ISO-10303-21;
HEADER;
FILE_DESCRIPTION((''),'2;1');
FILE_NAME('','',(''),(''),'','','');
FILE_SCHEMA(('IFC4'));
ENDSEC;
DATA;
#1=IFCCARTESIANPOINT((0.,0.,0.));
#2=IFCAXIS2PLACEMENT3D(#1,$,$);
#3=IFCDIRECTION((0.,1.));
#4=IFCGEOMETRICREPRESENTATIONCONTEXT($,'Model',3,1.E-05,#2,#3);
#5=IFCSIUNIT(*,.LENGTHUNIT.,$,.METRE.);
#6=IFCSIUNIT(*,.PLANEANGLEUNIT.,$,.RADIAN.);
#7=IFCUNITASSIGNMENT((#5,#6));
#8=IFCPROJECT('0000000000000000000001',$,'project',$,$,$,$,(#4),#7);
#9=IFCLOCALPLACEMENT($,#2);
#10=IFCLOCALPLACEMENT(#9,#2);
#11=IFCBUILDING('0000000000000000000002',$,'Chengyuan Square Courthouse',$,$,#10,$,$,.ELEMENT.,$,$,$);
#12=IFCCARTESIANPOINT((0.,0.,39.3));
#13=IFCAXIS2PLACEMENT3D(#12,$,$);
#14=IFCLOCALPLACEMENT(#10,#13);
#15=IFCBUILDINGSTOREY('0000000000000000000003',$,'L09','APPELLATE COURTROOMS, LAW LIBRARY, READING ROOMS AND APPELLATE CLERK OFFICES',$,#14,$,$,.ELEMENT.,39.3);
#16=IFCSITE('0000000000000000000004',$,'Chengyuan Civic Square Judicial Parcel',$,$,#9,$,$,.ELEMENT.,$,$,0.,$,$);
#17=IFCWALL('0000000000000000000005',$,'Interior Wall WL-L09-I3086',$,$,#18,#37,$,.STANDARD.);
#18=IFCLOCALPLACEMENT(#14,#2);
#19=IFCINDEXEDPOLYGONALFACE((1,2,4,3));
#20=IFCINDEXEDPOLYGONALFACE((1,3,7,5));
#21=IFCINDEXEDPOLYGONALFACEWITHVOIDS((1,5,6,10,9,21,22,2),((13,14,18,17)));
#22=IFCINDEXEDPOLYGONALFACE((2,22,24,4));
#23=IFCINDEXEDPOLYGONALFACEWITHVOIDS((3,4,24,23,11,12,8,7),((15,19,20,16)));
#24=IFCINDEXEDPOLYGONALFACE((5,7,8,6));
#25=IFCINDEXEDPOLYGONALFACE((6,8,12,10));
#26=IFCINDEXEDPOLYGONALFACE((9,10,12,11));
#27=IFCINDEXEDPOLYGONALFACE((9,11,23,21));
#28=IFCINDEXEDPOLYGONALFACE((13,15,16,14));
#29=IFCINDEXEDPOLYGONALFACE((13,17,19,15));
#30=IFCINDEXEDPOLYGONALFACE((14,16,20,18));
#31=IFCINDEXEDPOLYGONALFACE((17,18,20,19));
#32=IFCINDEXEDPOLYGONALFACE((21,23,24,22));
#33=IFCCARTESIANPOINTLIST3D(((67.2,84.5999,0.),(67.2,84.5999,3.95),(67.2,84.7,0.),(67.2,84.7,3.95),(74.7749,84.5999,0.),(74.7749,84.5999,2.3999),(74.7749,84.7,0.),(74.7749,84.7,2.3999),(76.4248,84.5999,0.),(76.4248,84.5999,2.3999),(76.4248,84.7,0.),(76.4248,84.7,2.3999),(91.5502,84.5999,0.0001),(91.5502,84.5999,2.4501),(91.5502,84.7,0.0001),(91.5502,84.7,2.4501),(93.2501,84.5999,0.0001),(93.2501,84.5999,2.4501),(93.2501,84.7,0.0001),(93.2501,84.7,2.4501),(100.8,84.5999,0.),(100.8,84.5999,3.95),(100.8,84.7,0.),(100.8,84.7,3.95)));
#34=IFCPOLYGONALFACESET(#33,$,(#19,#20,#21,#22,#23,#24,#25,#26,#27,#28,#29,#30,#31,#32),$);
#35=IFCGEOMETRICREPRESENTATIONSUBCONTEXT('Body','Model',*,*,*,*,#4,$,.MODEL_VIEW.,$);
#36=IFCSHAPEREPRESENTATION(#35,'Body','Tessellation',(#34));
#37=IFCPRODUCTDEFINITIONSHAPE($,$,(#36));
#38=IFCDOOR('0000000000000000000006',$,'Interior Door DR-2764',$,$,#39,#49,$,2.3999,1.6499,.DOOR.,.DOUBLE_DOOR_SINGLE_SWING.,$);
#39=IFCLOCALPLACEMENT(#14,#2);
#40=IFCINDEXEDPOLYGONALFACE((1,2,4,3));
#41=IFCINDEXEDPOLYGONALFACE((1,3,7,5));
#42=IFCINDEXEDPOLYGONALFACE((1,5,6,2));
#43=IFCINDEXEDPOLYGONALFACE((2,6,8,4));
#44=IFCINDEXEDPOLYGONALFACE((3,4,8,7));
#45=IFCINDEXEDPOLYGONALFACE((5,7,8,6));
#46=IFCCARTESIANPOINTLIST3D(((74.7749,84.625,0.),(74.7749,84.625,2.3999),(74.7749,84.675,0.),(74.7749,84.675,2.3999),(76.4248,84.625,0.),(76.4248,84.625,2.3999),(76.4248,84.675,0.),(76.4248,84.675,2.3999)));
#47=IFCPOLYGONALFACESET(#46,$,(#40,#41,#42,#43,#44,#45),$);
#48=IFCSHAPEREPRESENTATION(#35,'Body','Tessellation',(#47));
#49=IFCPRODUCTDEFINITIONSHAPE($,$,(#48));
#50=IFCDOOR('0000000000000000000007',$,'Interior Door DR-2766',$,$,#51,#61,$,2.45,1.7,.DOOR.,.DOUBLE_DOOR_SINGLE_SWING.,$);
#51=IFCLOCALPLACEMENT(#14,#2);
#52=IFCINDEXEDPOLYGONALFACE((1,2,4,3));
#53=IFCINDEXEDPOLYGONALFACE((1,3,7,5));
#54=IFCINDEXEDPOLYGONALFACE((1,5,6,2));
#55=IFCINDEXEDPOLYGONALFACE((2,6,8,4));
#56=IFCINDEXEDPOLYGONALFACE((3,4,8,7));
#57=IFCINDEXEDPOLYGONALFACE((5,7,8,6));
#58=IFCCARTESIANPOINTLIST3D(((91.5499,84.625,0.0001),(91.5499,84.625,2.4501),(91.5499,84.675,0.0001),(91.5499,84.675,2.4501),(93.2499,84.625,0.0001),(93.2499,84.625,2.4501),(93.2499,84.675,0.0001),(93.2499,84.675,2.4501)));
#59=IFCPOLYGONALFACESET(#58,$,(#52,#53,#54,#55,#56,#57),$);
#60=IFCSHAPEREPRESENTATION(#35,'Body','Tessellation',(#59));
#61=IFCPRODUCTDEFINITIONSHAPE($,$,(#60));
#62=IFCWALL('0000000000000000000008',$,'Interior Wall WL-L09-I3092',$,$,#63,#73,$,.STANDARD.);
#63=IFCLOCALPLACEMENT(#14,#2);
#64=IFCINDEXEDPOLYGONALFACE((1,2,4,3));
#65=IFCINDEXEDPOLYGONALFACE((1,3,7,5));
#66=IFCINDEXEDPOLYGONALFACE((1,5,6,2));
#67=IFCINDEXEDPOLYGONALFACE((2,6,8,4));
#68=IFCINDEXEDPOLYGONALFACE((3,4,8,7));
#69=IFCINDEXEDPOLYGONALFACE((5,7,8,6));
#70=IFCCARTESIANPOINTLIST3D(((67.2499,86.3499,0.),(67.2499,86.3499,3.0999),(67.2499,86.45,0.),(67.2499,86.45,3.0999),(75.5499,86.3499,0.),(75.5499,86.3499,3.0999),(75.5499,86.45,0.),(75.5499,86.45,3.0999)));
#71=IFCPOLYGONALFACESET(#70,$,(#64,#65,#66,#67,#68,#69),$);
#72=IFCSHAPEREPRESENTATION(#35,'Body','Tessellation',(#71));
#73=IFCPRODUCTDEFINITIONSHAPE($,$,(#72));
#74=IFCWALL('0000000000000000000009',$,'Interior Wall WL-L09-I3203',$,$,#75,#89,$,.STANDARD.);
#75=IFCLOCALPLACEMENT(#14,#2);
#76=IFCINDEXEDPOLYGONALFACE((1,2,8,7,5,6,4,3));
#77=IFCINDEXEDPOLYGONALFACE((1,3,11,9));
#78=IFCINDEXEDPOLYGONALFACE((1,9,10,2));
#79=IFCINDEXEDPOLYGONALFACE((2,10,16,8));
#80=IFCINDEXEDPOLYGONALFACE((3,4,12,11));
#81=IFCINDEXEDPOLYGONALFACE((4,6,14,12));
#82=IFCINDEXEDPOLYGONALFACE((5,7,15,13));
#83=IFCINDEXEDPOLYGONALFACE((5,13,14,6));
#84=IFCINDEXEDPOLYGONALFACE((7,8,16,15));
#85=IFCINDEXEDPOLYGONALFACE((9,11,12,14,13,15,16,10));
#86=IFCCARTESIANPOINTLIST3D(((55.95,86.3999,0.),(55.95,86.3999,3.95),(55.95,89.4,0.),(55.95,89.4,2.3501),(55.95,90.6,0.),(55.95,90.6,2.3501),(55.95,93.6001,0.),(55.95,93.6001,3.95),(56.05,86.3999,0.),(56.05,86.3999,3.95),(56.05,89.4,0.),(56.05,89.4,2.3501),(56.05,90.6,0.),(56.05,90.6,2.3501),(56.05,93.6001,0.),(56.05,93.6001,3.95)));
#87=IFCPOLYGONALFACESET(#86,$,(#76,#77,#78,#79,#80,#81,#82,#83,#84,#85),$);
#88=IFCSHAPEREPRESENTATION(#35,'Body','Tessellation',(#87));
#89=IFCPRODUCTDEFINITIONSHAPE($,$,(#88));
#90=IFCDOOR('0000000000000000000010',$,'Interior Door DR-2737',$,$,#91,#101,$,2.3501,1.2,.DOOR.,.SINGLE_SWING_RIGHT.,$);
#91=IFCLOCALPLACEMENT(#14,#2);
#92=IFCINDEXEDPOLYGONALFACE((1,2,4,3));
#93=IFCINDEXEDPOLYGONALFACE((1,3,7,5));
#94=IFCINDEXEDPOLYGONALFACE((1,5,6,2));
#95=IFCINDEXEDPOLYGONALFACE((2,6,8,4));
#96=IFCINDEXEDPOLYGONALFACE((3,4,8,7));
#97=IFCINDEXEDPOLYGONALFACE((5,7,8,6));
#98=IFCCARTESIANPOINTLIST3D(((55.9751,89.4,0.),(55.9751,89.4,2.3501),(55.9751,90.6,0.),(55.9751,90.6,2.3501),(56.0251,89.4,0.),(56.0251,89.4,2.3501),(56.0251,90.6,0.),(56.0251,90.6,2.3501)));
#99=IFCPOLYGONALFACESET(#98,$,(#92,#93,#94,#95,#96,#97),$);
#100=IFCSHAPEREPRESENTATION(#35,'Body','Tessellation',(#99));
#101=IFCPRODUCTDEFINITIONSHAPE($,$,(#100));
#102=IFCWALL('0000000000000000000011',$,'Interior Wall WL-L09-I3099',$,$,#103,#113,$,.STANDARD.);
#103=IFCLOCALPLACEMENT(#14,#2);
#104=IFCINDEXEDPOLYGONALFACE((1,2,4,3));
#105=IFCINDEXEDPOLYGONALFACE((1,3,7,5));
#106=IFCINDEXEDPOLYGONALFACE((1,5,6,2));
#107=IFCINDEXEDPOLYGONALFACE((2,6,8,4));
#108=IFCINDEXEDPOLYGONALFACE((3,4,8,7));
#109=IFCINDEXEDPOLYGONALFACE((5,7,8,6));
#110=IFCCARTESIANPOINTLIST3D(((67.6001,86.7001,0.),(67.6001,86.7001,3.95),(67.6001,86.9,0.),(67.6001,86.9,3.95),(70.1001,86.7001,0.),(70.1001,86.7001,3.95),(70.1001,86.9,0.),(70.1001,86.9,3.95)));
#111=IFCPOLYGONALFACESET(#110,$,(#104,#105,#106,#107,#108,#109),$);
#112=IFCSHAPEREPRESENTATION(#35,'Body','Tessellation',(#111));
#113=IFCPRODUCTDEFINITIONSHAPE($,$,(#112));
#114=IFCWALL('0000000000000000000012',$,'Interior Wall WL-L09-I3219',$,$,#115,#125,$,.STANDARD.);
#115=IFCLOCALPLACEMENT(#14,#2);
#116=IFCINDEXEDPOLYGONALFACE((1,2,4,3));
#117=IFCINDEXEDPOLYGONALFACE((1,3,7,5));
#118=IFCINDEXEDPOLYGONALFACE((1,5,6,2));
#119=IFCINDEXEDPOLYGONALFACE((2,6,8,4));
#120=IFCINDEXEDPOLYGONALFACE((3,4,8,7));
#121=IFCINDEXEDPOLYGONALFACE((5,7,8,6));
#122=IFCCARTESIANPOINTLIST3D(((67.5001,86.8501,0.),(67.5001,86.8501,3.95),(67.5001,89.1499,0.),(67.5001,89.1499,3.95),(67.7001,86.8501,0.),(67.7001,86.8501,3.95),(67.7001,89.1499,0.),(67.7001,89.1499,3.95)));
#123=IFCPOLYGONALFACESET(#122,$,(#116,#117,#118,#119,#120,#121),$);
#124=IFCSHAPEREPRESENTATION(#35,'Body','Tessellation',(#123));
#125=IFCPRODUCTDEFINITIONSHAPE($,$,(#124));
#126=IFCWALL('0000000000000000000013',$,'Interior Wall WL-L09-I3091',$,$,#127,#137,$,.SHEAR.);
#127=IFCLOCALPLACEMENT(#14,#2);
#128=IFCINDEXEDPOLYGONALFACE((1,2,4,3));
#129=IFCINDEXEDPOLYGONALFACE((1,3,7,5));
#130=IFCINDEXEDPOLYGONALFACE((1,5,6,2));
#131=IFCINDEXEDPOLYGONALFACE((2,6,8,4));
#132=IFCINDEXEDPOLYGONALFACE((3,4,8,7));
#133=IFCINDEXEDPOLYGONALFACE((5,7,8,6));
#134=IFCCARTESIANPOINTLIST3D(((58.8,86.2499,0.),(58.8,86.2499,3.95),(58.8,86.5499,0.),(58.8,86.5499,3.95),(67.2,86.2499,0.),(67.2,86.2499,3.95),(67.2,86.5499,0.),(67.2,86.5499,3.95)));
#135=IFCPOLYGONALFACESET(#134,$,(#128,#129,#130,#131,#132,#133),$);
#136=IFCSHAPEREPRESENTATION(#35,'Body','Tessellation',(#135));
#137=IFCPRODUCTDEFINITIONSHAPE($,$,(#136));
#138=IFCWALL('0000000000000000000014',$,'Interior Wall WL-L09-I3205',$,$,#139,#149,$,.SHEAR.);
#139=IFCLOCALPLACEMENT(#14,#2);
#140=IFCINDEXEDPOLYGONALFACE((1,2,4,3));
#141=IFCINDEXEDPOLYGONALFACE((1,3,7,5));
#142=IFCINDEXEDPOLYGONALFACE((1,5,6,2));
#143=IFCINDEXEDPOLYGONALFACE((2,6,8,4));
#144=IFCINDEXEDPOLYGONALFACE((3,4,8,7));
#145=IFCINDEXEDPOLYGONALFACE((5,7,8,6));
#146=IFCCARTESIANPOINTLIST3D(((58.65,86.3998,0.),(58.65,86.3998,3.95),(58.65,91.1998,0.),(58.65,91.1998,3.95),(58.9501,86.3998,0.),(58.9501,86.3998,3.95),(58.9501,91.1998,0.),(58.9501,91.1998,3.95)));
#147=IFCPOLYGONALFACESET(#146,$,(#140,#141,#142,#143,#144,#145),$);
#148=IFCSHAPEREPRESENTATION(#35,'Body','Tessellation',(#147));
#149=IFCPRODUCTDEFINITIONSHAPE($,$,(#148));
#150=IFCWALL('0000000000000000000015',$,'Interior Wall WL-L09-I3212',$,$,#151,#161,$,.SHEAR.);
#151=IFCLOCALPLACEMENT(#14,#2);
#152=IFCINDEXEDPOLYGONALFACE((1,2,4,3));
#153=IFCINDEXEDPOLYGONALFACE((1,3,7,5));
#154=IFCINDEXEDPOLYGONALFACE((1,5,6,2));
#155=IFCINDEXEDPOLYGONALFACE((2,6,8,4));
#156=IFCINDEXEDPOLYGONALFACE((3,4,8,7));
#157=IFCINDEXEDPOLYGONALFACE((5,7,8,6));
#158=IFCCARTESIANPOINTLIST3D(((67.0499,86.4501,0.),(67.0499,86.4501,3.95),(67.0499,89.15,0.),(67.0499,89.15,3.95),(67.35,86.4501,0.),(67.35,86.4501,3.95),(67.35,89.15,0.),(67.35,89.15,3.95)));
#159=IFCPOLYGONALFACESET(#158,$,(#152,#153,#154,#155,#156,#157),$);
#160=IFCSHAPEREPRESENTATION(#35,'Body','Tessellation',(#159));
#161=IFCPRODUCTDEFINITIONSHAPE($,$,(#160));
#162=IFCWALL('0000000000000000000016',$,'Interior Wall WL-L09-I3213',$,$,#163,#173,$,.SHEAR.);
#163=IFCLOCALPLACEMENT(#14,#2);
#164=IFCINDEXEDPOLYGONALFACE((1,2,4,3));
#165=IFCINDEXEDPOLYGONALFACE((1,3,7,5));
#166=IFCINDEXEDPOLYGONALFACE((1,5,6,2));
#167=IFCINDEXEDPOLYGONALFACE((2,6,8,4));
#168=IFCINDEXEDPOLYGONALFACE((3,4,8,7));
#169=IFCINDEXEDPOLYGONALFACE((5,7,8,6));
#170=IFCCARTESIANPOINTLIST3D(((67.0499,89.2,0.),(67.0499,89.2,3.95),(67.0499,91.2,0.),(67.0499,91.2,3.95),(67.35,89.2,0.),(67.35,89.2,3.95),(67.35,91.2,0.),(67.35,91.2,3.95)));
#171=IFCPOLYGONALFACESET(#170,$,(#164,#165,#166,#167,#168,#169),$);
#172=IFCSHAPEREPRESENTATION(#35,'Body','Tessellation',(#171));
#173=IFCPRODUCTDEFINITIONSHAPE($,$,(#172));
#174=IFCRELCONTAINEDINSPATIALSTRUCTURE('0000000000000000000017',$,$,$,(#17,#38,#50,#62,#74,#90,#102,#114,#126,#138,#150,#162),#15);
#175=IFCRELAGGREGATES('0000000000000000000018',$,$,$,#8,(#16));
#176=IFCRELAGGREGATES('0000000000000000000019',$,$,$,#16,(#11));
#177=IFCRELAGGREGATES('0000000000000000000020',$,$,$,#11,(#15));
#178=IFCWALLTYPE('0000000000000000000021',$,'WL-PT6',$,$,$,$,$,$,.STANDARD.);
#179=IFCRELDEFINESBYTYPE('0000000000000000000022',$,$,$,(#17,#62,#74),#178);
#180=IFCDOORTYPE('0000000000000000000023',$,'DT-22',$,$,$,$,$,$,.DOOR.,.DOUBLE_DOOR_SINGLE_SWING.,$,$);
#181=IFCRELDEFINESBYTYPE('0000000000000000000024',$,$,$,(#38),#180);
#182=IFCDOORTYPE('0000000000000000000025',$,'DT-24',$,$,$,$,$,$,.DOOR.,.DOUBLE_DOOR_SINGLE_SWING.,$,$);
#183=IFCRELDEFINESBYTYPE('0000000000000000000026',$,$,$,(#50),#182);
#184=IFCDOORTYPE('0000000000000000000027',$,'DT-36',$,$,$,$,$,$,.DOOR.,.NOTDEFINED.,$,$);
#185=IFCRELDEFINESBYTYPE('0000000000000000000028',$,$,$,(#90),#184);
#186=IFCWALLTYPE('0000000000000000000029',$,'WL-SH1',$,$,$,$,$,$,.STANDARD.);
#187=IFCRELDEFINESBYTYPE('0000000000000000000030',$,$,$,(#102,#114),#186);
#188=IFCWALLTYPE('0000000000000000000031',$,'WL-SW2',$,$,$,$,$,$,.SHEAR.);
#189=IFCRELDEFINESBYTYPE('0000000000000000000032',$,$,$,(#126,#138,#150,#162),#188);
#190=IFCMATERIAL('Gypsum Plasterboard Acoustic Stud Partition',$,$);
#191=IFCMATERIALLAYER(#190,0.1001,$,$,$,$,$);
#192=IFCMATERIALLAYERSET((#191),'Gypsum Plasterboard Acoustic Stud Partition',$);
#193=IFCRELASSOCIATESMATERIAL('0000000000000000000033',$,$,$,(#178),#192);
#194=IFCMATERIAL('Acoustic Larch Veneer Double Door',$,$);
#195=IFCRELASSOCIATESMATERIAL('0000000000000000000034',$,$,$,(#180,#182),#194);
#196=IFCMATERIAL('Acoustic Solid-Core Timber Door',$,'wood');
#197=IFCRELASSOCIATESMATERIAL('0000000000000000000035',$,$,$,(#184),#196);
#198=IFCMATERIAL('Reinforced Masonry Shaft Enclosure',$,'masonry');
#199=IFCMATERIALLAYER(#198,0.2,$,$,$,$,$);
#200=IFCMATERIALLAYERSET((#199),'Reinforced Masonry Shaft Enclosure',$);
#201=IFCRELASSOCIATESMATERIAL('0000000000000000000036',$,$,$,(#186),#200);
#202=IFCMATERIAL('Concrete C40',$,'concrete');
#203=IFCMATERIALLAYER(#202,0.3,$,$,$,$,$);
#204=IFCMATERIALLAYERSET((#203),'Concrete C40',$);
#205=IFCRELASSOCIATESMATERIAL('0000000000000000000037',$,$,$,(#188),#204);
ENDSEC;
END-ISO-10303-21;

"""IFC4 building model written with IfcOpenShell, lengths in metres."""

from ifc_helpers import new_model, si_unit, direction, frame, frame_2d, origin, place, context, subcontext, project, spatial, rectangle, extrude, material, layer, layer_set, type_object, element, fill, save


model = new_model("IFC4")

# Units and contexts
model_context = context("Model", 3, precision=1e-05, world=origin(), true_north=direction((0.0, 1.0)))
body_context = subcontext(model_context, "Body", "Model", "MODEL_VIEW")
ifc_project = project(units=[si_unit("LENGTHUNIT", "METRE"), si_unit("PLANEANGLEUNIT", "RADIAN")], contexts=[model_context])

# Site, building, storey
site_placement = place(None, origin())
site = spatial("IfcSite", under=ifc_project, at=site_placement, Name="Chengyuan Civic Square Judicial Parcel", CompositionType="ELEMENT", RefElevation=0.0)
building_placement = place(site_placement, origin())
building = spatial("IfcBuilding", under=site, at=building_placement, Name="Chengyuan Square Courthouse", CompositionType="ELEMENT")
storey_placement = place(building_placement, frame((0.0, 0.0, 39.3)))
storey = spatial("IfcBuildingStorey", under=building, at=storey_placement, Name="L09", Description="APPELLATE COURTROOMS, LAW LIBRARY, READING ROOMS AND APPELLATE CLERK OFFICES", CompositionType="ELEMENT", Elevation=39.3)

# Shared definitions
ifc_material_1 = material(Name="Concrete C40", Category="concrete")

# Wall, openings, doors
ifc_material_2 = material(Name="Gypsum Plasterboard Acoustic Stud Partition")
ifc_layer_1 = layer(ifc_material_2, 0.1001)
ifc_layer_set_1 = layer_set([ifc_layer_1], Name="Gypsum Plasterboard Acoustic Stud Partition")
wall_type_1 = type_object("IfcWallType", Name="WL-PT6", PredefinedType="STANDARD", material=ifc_layer_set_1)
wall_1_placement = place(storey_placement, frame((67.2, 84.6499, 0.0), z_axis=(0.0, 0.0, 1.0), x_axis=(1.0, 0.0, 0.0)))
wall_1 = element("IfcWall", 1, at=wall_1_placement, inside=storey, type_object=wall_type_1, Name="Interior Wall WL-L09-I3086", PredefinedType="STANDARD", context=body_context, shape_type="SweptSolid", body=[
    extrude(rectangle(XDim=33.6001, YDim=0.1001, at=frame_2d((16.8, 0.0))), origin(), (0.0, 0.0, 1.0), 3.95),
])
opening_1_placement = place(wall_1_placement, frame((7.575, 0.0, 0.0)))
opening_1 = element("IfcOpeningElement", 2, at=opening_1_placement, cuts=wall_1, PredefinedType="OPENING", context=body_context, shape_type="SweptSolid", body=[
    extrude(rectangle(XDim=1.6499, YDim=2.3999, at=frame_2d((0.825, 1.2))), frame((0.0, 0.062, 0.0), z_axis=(0.0, -1.0, 0.0), x_axis=(1.0, 0.0, 0.0)), (0.0, 0.0, 1.0), 0.124),
])
opening_2_placement = place(wall_1_placement, frame((24.3501, 0.0, 0.0)))
opening_2 = element("IfcOpeningElement", 3, at=opening_2_placement, cuts=wall_1, PredefinedType="OPENING", context=body_context, shape_type="SweptSolid", body=[
    extrude(rectangle(XDim=1.7, YDim=2.45, at=frame_2d((0.8501, 1.2251))), frame((0.0, 0.062, 0.0), z_axis=(0.0, -1.0, 0.0), x_axis=(1.0, 0.0, 0.0)), (0.0, 0.0, 1.0), 0.124),
])
ifc_material_3 = material(Name="Acoustic Larch Veneer Double Door")
door_type_1 = type_object("IfcDoorType", Name="DT-22", OperationType="DOUBLE_DOOR_SINGLE_SWING", PredefinedType="DOOR", material=ifc_material_3)
door_1_placement = place(opening_1_placement, frame((1.6499, 0.0, 0.0), z_axis=(0.0, 0.0, 1.0), x_axis=(-1.0, 0.0, 0.0)))
door_1 = element("IfcDoor", 4, at=door_1_placement, inside=storey, type_object=door_type_1, Name="Interior Door DR-2764", OperationType="DOUBLE_DOOR_SINGLE_SWING", OverallHeight=2.3999, OverallWidth=1.6499, PredefinedType="DOOR", context=body_context, shape_type="SweptSolid", body=[
    extrude(rectangle(XDim=1.6499, YDim=2.3999, at=frame_2d((0.825, 1.2))), frame((0.0, 0.0249, 0.0), z_axis=(0.0, -1.0, 0.0), x_axis=(1.0, 0.0, 0.0)), (0.0, 0.0, 1.0), 0.05),
])
fill(opening_1, door_1)
door_type_2 = type_object("IfcDoorType", Name="DT-24", OperationType="DOUBLE_DOOR_SINGLE_SWING", PredefinedType="DOOR", material=ifc_material_3)
door_2_placement = place(opening_2_placement, frame((1.7, 0.0, 0.0), z_axis=(0.0, 0.0, 1.0), x_axis=(-1.0, 0.0, 0.0)))
door_2 = element("IfcDoor", 5, at=door_2_placement, inside=storey, type_object=door_type_2, Name="Interior Door DR-2766", OperationType="DOUBLE_DOOR_SINGLE_SWING", OverallHeight=2.45, OverallWidth=1.7, PredefinedType="DOOR", context=body_context, shape_type="SweptSolid", body=[
    extrude(rectangle(XDim=1.7, YDim=2.45, at=frame_2d((0.8501, 1.2251))), frame((0.0, 0.0249, 0.0), z_axis=(0.0, -1.0, 0.0), x_axis=(1.0, 0.0, 0.0)), (0.0, 0.0, 1.0), 0.05),
])
fill(opening_2, door_2)

# Wall
wall_2_placement = place(storey_placement, frame((67.25, 86.3999, 0.0), z_axis=(0.0, 0.0, 1.0), x_axis=(1.0, 0.0, 0.0)))
element("IfcWall", 6, at=wall_2_placement, inside=storey, type_object=wall_type_1, Name="Interior Wall WL-L09-I3092", PredefinedType="STANDARD", context=body_context, shape_type="SweptSolid", body=[
    extrude(rectangle(XDim=8.3, YDim=0.1001, at=frame_2d((4.1499, 0.0))), origin(), (0.0, 0.0, 1.0), 3.0999),
])

# Wall, opening, door
wall_3_placement = place(storey_placement, frame((56.0, 86.3999, 0.0), z_axis=(0.0, 0.0, 1.0), x_axis=(0.0, 1.0, 0.0)))
wall_3 = element("IfcWall", 7, at=wall_3_placement, inside=storey, type_object=wall_type_1, Name="Interior Wall WL-L09-I3203", PredefinedType="STANDARD", context=body_context, shape_type="SweptSolid", body=[
    extrude(rectangle(XDim=7.2002, YDim=0.1001, at=frame_2d((3.6001, 0.0))), origin(), (0.0, 0.0, 1.0), 3.95),
])
opening_3_placement = place(wall_3_placement, frame((3.0, 0.0, 0.0)))
opening_3 = element("IfcOpeningElement", 8, at=opening_3_placement, cuts=wall_3, PredefinedType="OPENING", context=body_context, shape_type="SweptSolid", body=[
    extrude(rectangle(XDim=1.2, YDim=2.3501, at=frame_2d((0.6001, 1.175))), frame((0.0, 0.062, 0.0), z_axis=(0.0, -1.0, 0.0), x_axis=(1.0, 0.0, 0.0)), (0.0, 0.0, 1.0), 0.124),
])
ifc_material_4 = material(Name="Acoustic Solid-Core Timber Door", Category="wood")
door_type_3 = type_object("IfcDoorType", Name="DT-36", OperationType="NOTDEFINED", PredefinedType="DOOR", material=ifc_material_4)
door_3_placement = place(opening_3_placement, origin())
door_3 = element("IfcDoor", 9, at=door_3_placement, inside=storey, type_object=door_type_3, Name="Interior Door DR-2737", OperationType="SINGLE_SWING_RIGHT", OverallHeight=2.3501, OverallWidth=1.2, PredefinedType="DOOR", context=body_context, shape_type="SweptSolid", body=[
    extrude(rectangle(XDim=1.2, YDim=2.3501, at=frame_2d((0.6001, 1.175))), frame((0.0, 0.0249, 0.0), z_axis=(0.0, -1.0, 0.0), x_axis=(1.0, 0.0, 0.0)), (0.0, 0.0, 1.0), 0.05),
])
fill(opening_3, door_3)

# Wall
ifc_material_5 = material(Name="Reinforced Masonry Shaft Enclosure", Category="masonry")
ifc_layer_2 = layer(ifc_material_5, 0.2)
ifc_layer_set_2 = layer_set([ifc_layer_2], Name="Reinforced Masonry Shaft Enclosure")
wall_type_2 = type_object("IfcWallType", Name="WL-SH1", PredefinedType="STANDARD", material=ifc_layer_set_2)
wall_4_placement = place(storey_placement, frame((67.6001, 86.8, 0.0), z_axis=(0.0, 0.0, 1.0), x_axis=(1.0, 0.0, 0.0)))
element("IfcWall", 10, at=wall_4_placement, inside=storey, type_object=wall_type_2, Name="Interior Wall WL-L09-I3099", PredefinedType="STANDARD", context=body_context, shape_type="SweptSolid", body=[
    extrude(rectangle(XDim=2.5, YDim=0.2, at=frame_2d((1.25, 0.0))), origin(), (0.0, 0.0, 1.0), 3.95),
])

# Walls
wall_5_placement = place(storey_placement, frame((67.6001, 86.8501, 0.0), z_axis=(0.0, 0.0, 1.0), x_axis=(0.0, 1.0, 0.0)))
element("IfcWall", 11, at=wall_5_placement, inside=storey, type_object=wall_type_2, Name="Interior Wall WL-L09-I3219", PredefinedType="STANDARD", context=body_context, shape_type="SweptSolid", body=[
    extrude(rectangle(XDim=2.2998, YDim=0.2, at=frame_2d((1.1499, 0.0))), origin(), (0.0, 0.0, 1.0), 3.95),
])
ifc_layer_3 = layer(ifc_material_1, 0.3)
ifc_layer_set_3 = layer_set([ifc_layer_3], Name="Concrete C40")
wall_type_3 = type_object("IfcWallType", Name="WL-SW2", PredefinedType="SHEAR", material=ifc_layer_set_3)
wall_6_placement = place(storey_placement, frame((58.8, 86.3999, 0.0), z_axis=(0.0, 0.0, 1.0), x_axis=(1.0, 0.0, 0.0)))
element("IfcWall", 12, at=wall_6_placement, inside=storey, type_object=wall_type_3, Name="Interior Wall WL-L09-I3091", PredefinedType="SHEAR", context=body_context, shape_type="SweptSolid", body=[
    extrude(rectangle(XDim=8.3999, YDim=0.3, at=frame_2d((4.2, 0.0))), origin(), (0.0, 0.0, 1.0), 3.95),
])
wall_7_placement = place(storey_placement, frame((58.8, 86.3999, 0.0), z_axis=(0.0, 0.0, 1.0), x_axis=(0.0, 1.0, 0.0)))
element("IfcWall", 13, at=wall_7_placement, inside=storey, type_object=wall_type_3, Name="Interior Wall WL-L09-I3205", PredefinedType="SHEAR", context=body_context, shape_type="SweptSolid", body=[
    extrude(rectangle(XDim=4.8, YDim=0.3, at=frame_2d((2.3999, 0.0))), origin(), (0.0, 0.0, 1.0), 3.95),
])
wall_8_placement = place(storey_placement, frame((67.2, 86.45, 0.0), z_axis=(0.0, 0.0, 1.0), x_axis=(0.0, 1.0, 0.0)))
element("IfcWall", 14, at=wall_8_placement, inside=storey, type_object=wall_type_3, Name="Interior Wall WL-L09-I3212", PredefinedType="SHEAR", context=body_context, shape_type="SweptSolid", body=[
    extrude(rectangle(XDim=2.7, YDim=0.3, at=frame_2d((1.3501, 0.0))), origin(), (0.0, 0.0, 1.0), 3.95),
])
wall_9_placement = place(storey_placement, frame((67.2, 89.2, 0.0), z_axis=(0.0, 0.0, 1.0), x_axis=(0.0, 1.0, 0.0)))
element("IfcWall", 15, at=wall_9_placement, inside=storey, type_object=wall_type_3, Name="Interior Wall WL-L09-I3213", PredefinedType="SHEAR", context=body_context, shape_type="SweptSolid", body=[
    extrude(rectangle(XDim=2.0, YDim=0.3, at=frame_2d((1.0, 0.0))), origin(), (0.0, 0.0, 1.0), 3.95),
])

save(model, "model.ifc")
